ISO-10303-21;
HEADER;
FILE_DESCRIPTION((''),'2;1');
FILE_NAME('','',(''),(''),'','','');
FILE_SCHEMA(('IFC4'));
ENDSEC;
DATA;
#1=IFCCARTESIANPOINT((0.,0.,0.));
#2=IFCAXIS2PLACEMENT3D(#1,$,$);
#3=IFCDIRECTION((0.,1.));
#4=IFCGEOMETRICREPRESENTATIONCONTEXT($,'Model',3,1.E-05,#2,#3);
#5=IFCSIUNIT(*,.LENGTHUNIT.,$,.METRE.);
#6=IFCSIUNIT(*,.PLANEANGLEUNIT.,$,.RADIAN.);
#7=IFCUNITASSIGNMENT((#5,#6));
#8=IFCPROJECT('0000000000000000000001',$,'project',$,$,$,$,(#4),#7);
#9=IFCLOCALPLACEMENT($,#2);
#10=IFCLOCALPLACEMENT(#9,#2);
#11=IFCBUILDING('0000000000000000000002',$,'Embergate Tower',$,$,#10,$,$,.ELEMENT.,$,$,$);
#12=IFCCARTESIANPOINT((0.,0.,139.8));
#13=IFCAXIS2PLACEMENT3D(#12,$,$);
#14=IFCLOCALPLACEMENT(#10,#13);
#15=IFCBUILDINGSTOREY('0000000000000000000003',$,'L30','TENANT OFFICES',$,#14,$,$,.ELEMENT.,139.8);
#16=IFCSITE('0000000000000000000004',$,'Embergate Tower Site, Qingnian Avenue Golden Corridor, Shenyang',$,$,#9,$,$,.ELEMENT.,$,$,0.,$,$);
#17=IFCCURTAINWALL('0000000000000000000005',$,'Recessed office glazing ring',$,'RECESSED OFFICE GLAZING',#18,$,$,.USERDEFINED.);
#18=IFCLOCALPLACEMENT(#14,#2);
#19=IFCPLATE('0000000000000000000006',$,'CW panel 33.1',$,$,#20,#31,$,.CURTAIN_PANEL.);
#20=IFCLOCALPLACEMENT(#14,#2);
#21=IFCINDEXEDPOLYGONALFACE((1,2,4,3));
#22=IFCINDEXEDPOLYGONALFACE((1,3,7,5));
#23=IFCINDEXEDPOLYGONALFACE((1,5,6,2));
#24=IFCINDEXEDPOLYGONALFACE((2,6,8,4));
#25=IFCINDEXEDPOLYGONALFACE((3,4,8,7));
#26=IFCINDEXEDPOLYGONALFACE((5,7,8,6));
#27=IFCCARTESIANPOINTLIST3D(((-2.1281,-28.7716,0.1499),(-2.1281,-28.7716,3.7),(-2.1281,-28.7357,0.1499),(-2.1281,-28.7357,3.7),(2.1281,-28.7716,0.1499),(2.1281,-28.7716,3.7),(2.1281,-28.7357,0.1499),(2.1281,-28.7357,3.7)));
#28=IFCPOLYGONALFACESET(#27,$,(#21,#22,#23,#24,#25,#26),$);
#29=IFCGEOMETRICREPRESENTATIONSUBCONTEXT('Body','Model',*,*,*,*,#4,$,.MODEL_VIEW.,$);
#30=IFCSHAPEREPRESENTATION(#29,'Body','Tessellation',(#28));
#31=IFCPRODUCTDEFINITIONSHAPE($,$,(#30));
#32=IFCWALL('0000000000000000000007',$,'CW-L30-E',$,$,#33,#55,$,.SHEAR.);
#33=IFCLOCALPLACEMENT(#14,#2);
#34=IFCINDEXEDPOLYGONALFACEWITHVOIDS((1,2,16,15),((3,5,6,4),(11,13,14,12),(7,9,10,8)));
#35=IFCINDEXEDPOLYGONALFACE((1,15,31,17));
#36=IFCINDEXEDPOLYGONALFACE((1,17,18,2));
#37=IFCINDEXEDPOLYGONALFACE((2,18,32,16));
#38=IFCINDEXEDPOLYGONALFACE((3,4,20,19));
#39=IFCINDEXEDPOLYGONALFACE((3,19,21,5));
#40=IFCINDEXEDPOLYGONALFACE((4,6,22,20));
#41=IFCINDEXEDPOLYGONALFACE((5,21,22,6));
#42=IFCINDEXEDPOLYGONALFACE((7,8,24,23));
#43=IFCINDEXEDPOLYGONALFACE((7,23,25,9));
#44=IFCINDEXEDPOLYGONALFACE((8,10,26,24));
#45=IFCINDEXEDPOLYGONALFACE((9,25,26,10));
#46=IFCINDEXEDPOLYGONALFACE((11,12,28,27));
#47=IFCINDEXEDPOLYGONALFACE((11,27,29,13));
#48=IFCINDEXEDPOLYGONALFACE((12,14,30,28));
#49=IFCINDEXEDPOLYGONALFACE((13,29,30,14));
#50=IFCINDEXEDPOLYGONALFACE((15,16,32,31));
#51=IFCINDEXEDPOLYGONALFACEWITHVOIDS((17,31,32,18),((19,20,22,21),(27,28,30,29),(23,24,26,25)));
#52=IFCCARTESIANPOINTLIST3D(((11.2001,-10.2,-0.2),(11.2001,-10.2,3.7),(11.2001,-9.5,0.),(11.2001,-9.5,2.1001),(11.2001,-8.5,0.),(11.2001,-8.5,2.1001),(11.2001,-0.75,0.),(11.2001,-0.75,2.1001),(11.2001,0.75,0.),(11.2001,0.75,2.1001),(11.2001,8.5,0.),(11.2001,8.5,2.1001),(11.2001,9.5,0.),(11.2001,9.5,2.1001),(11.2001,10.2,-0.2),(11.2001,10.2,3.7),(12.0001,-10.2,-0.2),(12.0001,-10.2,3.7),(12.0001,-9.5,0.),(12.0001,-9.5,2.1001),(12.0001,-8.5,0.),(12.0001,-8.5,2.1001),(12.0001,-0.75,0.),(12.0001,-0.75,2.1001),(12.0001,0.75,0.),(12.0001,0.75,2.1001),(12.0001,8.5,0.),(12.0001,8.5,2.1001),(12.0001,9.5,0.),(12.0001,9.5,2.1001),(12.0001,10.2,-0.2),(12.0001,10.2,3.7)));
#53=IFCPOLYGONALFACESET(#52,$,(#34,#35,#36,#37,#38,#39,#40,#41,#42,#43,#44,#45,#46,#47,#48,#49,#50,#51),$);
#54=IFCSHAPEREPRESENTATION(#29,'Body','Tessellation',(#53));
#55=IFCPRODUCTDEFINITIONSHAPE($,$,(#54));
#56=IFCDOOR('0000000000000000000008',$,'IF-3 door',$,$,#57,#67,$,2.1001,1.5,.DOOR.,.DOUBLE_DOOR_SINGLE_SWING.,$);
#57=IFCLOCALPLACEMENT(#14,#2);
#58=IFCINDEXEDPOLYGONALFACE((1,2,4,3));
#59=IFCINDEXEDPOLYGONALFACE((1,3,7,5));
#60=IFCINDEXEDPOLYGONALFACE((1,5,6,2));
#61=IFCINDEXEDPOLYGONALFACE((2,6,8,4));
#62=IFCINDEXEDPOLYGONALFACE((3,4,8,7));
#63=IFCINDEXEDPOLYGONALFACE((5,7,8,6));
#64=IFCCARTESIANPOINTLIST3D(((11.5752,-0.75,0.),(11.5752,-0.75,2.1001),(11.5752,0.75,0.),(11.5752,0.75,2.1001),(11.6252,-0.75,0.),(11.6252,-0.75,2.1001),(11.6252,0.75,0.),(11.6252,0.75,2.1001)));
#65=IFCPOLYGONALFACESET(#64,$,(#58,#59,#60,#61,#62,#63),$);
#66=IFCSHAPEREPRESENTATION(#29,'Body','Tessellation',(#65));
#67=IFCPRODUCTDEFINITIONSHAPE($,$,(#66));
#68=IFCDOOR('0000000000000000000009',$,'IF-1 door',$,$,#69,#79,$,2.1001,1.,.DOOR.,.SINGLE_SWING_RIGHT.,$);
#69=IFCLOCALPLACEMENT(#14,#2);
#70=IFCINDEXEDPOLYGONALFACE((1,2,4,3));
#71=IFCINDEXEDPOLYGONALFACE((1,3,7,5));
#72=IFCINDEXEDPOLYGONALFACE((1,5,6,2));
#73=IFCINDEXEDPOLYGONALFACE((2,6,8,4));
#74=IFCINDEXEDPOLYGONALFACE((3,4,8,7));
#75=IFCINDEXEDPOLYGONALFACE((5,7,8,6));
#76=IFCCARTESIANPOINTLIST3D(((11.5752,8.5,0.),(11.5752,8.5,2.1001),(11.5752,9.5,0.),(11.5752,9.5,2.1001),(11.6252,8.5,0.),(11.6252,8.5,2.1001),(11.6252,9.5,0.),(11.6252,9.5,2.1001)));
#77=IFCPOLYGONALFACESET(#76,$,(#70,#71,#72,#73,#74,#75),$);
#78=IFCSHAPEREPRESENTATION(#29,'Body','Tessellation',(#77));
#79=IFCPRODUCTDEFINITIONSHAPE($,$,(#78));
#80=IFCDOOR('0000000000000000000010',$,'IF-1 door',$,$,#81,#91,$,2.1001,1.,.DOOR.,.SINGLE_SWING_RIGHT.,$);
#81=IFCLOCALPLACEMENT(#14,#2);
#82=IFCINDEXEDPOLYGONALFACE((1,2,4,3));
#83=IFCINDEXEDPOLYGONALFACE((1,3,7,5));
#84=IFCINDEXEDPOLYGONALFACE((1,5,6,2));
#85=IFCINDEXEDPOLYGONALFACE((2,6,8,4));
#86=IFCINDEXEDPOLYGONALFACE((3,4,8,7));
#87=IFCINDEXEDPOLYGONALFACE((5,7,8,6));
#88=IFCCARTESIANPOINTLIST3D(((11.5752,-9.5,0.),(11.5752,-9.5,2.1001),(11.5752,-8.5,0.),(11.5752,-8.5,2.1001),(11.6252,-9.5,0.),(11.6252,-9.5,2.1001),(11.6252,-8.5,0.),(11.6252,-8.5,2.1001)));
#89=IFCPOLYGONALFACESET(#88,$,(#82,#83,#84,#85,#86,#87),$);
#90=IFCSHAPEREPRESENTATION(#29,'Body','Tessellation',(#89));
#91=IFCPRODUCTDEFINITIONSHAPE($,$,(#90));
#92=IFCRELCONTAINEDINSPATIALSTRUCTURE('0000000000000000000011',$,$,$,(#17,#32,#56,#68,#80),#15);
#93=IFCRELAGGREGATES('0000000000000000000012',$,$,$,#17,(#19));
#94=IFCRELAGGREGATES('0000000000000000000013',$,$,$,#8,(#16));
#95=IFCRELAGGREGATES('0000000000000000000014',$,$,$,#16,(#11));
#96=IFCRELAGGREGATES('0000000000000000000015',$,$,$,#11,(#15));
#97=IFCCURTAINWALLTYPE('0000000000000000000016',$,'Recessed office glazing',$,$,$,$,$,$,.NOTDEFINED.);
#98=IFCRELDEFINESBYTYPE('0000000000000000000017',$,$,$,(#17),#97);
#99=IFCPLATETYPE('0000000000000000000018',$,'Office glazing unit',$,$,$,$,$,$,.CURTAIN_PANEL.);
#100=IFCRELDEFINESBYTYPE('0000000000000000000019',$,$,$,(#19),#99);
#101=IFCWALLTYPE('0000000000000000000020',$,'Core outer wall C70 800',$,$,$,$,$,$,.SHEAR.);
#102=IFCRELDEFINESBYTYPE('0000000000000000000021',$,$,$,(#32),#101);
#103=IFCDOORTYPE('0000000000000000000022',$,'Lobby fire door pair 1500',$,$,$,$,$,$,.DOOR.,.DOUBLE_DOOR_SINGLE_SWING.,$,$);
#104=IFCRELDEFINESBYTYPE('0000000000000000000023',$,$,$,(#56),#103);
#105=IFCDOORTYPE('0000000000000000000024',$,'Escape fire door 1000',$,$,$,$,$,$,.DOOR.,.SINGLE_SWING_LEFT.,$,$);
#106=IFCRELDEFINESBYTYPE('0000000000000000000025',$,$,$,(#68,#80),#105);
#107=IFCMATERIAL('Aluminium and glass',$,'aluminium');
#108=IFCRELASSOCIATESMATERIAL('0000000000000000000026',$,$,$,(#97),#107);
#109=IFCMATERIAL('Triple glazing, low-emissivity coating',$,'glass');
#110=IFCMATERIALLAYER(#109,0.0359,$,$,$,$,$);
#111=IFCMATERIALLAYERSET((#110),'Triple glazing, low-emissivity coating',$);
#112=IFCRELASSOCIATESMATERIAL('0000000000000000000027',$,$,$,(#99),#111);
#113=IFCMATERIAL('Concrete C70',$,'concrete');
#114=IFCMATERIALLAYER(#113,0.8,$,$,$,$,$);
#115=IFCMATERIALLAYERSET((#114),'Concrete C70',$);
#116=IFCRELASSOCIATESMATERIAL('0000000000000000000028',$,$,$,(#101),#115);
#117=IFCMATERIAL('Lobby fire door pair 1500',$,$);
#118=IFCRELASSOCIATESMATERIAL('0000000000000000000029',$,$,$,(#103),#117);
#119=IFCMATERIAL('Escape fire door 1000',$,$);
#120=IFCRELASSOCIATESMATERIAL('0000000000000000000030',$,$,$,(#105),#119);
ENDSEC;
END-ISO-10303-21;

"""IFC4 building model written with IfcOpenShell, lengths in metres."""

from ifc_helpers import new_model, si_unit, direction, frame, frame_2d, origin, origin_2d, place, context, subcontext, project, spatial, rectangle, extrude, source, transform, mapped, material, layer, layer_set, type_object, element, fill, aggregate, save


model = new_model("IFC4")

# Units and contexts
model_context = context("Model", 3, precision=1e-05, world=origin(), true_north=direction((0.0, 1.0)))
body_context = subcontext(model_context, "Body", "Model", "MODEL_VIEW")
ifc_project = project(units=[si_unit("LENGTHUNIT", "METRE"), si_unit("PLANEANGLEUNIT", "RADIAN")], contexts=[model_context])

# Site, building, storey
site_placement = place(None, origin())
site = spatial("IfcSite", under=ifc_project, at=site_placement, Name="Embergate Tower Site, Qingnian Avenue Golden Corridor, Shenyang", CompositionType="ELEMENT", RefElevation=0.0)
building_placement = place(site_placement, origin())
building = spatial("IfcBuilding", under=site, at=building_placement, Name="Embergate Tower", CompositionType="ELEMENT")
storey_placement = place(building_placement, frame((0.0, 0.0, 139.8)))
storey = spatial("IfcBuildingStorey", under=building, at=storey_placement, Name="L30", Description="TENANT OFFICES", CompositionType="ELEMENT", Elevation=139.8)

# Shared definitions
ifc_material_1 = material(Name="Concrete C70", Category="concrete")

# Curtain wall
ifc_material_2 = material(Name="Aluminium and glass", Category="aluminium")
curtain_wall_type = type_object("IfcCurtainWallType", Name="Recessed office glazing", PredefinedType="NOTDEFINED", material=ifc_material_2)
curtain_wall_placement = place(storey_placement, origin())
curtain_wall = element("IfcCurtainWall", 1, at=curtain_wall_placement, inside=storey, type_object=curtain_wall_type, Name="Recessed office glazing ring", ObjectType="RECESSED OFFICE GLAZING", PredefinedType="USERDEFINED")

# Plate
ifc_material_3 = material(Name="Triple glazing, low-emissivity coating", Category="glass")
ifc_layer_1 = layer(ifc_material_3, 0.0359)
ifc_layer_set_1 = layer_set([ifc_layer_1], Name="Triple glazing, low-emissivity coating")
plate_type = type_object("IfcPlateType", Name="Office glazing unit", PredefinedType="CURTAIN_PANEL", material=ifc_layer_set_1)
shared_shape_1 = source(origin(), body_context, "Body", "SweptSolid", [
    extrude(rectangle(XDim=4.2561, YDim=0.0359, at=origin_2d()), origin(), (0.0, 0.0, 1.0), 3.55),
])
plate_1_placement = place(storey_placement, frame((0.0, -28.7537, 0.1499), z_axis=(0.0, 0.0, 1.0), x_axis=(1.0, 0.0, 0.0)))
plate_1 = element("IfcPlate", 2, at=plate_1_placement, type_object=plate_type, Name="CW panel 33.1", PredefinedType="CURTAIN_PANEL", context=body_context, shape_type="MappedRepresentation", body=[
    mapped(shared_shape_1, transform((0.0, 0.0, 0.0))),
])
aggregate(curtain_wall, [plate_1])

# Wall, openings, doors
ifc_layer_2 = layer(ifc_material_1, 0.8)
ifc_layer_set_2 = layer_set([ifc_layer_2], Name="Concrete C70")
wall_type_1 = type_object("IfcWallType", Name="Core outer wall C70 800", PredefinedType="SHEAR", material=ifc_layer_set_2)
shared_shape_2 = source(origin(), body_context, "Body", "SweptSolid", [
    extrude(rectangle(XDim=20.3999, YDim=0.8, at=frame_2d((10.2, 0.0))), origin(), (0.0, 0.0, 1.0), 3.8999),
])
wall_1_placement = place(storey_placement, frame((11.6001, -10.2, -0.2), z_axis=(0.0, 0.0, 1.0), x_axis=(0.0, 1.0, 0.0)))
wall_1 = element("IfcWall", 3, at=wall_1_placement, inside=storey, type_object=wall_type_1, Name="CW-L30-E", PredefinedType="SHEAR", context=body_context, shape_type="MappedRepresentation", body=[
    mapped(shared_shape_2, transform((0.0, 0.0, 0.0))),
])
shared_shape_3 = source(origin(), body_context, "Body", "SweptSolid", [
    extrude(rectangle(XDim=1.0, YDim=2.1001, at=frame_2d((0.5, 1.05))), frame((0.0, 0.4099, 0.0), z_axis=(0.0, -1.0, 0.0), x_axis=(1.0, 0.0, 0.0)), (0.0, 0.0, 1.0), 0.8201),
])
opening_1_placement = place(wall_1_placement, frame((18.7, 0.0, 0.2)))
opening_1 = element("IfcOpeningElement", 4, at=opening_1_placement, cuts=wall_1, PredefinedType="OPENING", context=body_context, shape_type="MappedRepresentation", body=[
    mapped(shared_shape_3, transform((0.0, 0.0, 0.0))),
])
opening_2_placement = place(wall_1_placement, frame((0.7, 0.0, 0.2)))
opening_2 = element("IfcOpeningElement", 5, at=opening_2_placement, cuts=wall_1, PredefinedType="OPENING", context=body_context, shape_type="MappedRepresentation", body=[
    mapped(shared_shape_3, transform((0.0, 0.0, 0.0))),
])
shared_shape_4 = source(origin(), body_context, "Body", "SweptSolid", [
    extrude(rectangle(XDim=1.5, YDim=2.1001, at=frame_2d((0.75, 1.05))), frame((0.0, 0.4099, 0.0), z_axis=(0.0, -1.0, 0.0), x_axis=(1.0, 0.0, 0.0)), (0.0, 0.0, 1.0), 0.8201),
])
opening_3_placement = place(wall_1_placement, frame((9.45, 0.0, 0.2)))
opening_3 = element("IfcOpeningElement", 6, at=opening_3_placement, cuts=wall_1, PredefinedType="OPENING", context=body_context, shape_type="MappedRepresentation", body=[
    mapped(shared_shape_4, transform((0.0, 0.0, 0.0))),
])
ifc_material_4 = material(Name="Lobby fire door pair 1500")
door_type_1 = type_object("IfcDoorType", Name="Lobby fire door pair 1500", OperationType="DOUBLE_DOOR_SINGLE_SWING", PredefinedType="DOOR", material=ifc_material_4)
shared_shape_5 = source(origin(), body_context, "Body", "SweptSolid", [
    extrude(rectangle(XDim=1.5, YDim=2.1001, at=frame_2d((0.75, 1.05))), frame((0.0, 0.0249, 0.0), z_axis=(0.0, -1.0, 0.0), x_axis=(1.0, 0.0, 0.0)), (0.0, 0.0, 1.0), 0.05),
])
door_1_placement = place(opening_3_placement, origin())
door_1 = element("IfcDoor", 7, at=door_1_placement, inside=storey, type_object=door_type_1, Name="IF-3 door", OperationType="DOUBLE_DOOR_SINGLE_SWING", OverallHeight=2.1001, OverallWidth=1.5, PredefinedType="DOOR", context=body_context, shape_type="MappedRepresentation", body=[
    mapped(shared_shape_5, transform((0.0, 0.0, 0.0))),
])
fill(opening_3, door_1)
ifc_material_5 = material(Name="Escape fire door 1000")
door_type_2 = type_object("IfcDoorType", Name="Escape fire door 1000", OperationType="SINGLE_SWING_LEFT", PredefinedType="DOOR", material=ifc_material_5)
shared_shape_6 = source(origin(), body_context, "Body", "SweptSolid", [
    extrude(rectangle(XDim=1.0, YDim=2.1001, at=frame_2d((0.5, 1.05))), frame((0.0, 0.0249, 0.0), z_axis=(0.0, -1.0, 0.0), x_axis=(1.0, 0.0, 0.0)), (0.0, 0.0, 1.0), 0.05),
])
door_2_placement = place(opening_1_placement, origin())
door_2 = element("IfcDoor", 8, at=door_2_placement, inside=storey, type_object=door_type_2, Name="IF-1 door", OperationType="SINGLE_SWING_RIGHT", OverallHeight=2.1001, OverallWidth=1.0, PredefinedType="DOOR", context=body_context, shape_type="MappedRepresentation", body=[
    mapped(shared_shape_6, transform((0.0, 0.0, 0.0))),
])
fill(opening_1, door_2)
door_3_placement = place(opening_2_placement, origin())
door_3 = element("IfcDoor", 9, at=door_3_placement, inside=storey, type_object=door_type_2, Name="IF-1 door", OperationType="SINGLE_SWING_RIGHT", OverallHeight=2.1001, OverallWidth=1.0, PredefinedType="DOOR", context=body_context, shape_type="MappedRepresentation", body=[
    mapped(shared_shape_6, transform((0.0, 0.0, 0.0))),
])
fill(opening_2, door_3)

save(model, "model.ifc")
